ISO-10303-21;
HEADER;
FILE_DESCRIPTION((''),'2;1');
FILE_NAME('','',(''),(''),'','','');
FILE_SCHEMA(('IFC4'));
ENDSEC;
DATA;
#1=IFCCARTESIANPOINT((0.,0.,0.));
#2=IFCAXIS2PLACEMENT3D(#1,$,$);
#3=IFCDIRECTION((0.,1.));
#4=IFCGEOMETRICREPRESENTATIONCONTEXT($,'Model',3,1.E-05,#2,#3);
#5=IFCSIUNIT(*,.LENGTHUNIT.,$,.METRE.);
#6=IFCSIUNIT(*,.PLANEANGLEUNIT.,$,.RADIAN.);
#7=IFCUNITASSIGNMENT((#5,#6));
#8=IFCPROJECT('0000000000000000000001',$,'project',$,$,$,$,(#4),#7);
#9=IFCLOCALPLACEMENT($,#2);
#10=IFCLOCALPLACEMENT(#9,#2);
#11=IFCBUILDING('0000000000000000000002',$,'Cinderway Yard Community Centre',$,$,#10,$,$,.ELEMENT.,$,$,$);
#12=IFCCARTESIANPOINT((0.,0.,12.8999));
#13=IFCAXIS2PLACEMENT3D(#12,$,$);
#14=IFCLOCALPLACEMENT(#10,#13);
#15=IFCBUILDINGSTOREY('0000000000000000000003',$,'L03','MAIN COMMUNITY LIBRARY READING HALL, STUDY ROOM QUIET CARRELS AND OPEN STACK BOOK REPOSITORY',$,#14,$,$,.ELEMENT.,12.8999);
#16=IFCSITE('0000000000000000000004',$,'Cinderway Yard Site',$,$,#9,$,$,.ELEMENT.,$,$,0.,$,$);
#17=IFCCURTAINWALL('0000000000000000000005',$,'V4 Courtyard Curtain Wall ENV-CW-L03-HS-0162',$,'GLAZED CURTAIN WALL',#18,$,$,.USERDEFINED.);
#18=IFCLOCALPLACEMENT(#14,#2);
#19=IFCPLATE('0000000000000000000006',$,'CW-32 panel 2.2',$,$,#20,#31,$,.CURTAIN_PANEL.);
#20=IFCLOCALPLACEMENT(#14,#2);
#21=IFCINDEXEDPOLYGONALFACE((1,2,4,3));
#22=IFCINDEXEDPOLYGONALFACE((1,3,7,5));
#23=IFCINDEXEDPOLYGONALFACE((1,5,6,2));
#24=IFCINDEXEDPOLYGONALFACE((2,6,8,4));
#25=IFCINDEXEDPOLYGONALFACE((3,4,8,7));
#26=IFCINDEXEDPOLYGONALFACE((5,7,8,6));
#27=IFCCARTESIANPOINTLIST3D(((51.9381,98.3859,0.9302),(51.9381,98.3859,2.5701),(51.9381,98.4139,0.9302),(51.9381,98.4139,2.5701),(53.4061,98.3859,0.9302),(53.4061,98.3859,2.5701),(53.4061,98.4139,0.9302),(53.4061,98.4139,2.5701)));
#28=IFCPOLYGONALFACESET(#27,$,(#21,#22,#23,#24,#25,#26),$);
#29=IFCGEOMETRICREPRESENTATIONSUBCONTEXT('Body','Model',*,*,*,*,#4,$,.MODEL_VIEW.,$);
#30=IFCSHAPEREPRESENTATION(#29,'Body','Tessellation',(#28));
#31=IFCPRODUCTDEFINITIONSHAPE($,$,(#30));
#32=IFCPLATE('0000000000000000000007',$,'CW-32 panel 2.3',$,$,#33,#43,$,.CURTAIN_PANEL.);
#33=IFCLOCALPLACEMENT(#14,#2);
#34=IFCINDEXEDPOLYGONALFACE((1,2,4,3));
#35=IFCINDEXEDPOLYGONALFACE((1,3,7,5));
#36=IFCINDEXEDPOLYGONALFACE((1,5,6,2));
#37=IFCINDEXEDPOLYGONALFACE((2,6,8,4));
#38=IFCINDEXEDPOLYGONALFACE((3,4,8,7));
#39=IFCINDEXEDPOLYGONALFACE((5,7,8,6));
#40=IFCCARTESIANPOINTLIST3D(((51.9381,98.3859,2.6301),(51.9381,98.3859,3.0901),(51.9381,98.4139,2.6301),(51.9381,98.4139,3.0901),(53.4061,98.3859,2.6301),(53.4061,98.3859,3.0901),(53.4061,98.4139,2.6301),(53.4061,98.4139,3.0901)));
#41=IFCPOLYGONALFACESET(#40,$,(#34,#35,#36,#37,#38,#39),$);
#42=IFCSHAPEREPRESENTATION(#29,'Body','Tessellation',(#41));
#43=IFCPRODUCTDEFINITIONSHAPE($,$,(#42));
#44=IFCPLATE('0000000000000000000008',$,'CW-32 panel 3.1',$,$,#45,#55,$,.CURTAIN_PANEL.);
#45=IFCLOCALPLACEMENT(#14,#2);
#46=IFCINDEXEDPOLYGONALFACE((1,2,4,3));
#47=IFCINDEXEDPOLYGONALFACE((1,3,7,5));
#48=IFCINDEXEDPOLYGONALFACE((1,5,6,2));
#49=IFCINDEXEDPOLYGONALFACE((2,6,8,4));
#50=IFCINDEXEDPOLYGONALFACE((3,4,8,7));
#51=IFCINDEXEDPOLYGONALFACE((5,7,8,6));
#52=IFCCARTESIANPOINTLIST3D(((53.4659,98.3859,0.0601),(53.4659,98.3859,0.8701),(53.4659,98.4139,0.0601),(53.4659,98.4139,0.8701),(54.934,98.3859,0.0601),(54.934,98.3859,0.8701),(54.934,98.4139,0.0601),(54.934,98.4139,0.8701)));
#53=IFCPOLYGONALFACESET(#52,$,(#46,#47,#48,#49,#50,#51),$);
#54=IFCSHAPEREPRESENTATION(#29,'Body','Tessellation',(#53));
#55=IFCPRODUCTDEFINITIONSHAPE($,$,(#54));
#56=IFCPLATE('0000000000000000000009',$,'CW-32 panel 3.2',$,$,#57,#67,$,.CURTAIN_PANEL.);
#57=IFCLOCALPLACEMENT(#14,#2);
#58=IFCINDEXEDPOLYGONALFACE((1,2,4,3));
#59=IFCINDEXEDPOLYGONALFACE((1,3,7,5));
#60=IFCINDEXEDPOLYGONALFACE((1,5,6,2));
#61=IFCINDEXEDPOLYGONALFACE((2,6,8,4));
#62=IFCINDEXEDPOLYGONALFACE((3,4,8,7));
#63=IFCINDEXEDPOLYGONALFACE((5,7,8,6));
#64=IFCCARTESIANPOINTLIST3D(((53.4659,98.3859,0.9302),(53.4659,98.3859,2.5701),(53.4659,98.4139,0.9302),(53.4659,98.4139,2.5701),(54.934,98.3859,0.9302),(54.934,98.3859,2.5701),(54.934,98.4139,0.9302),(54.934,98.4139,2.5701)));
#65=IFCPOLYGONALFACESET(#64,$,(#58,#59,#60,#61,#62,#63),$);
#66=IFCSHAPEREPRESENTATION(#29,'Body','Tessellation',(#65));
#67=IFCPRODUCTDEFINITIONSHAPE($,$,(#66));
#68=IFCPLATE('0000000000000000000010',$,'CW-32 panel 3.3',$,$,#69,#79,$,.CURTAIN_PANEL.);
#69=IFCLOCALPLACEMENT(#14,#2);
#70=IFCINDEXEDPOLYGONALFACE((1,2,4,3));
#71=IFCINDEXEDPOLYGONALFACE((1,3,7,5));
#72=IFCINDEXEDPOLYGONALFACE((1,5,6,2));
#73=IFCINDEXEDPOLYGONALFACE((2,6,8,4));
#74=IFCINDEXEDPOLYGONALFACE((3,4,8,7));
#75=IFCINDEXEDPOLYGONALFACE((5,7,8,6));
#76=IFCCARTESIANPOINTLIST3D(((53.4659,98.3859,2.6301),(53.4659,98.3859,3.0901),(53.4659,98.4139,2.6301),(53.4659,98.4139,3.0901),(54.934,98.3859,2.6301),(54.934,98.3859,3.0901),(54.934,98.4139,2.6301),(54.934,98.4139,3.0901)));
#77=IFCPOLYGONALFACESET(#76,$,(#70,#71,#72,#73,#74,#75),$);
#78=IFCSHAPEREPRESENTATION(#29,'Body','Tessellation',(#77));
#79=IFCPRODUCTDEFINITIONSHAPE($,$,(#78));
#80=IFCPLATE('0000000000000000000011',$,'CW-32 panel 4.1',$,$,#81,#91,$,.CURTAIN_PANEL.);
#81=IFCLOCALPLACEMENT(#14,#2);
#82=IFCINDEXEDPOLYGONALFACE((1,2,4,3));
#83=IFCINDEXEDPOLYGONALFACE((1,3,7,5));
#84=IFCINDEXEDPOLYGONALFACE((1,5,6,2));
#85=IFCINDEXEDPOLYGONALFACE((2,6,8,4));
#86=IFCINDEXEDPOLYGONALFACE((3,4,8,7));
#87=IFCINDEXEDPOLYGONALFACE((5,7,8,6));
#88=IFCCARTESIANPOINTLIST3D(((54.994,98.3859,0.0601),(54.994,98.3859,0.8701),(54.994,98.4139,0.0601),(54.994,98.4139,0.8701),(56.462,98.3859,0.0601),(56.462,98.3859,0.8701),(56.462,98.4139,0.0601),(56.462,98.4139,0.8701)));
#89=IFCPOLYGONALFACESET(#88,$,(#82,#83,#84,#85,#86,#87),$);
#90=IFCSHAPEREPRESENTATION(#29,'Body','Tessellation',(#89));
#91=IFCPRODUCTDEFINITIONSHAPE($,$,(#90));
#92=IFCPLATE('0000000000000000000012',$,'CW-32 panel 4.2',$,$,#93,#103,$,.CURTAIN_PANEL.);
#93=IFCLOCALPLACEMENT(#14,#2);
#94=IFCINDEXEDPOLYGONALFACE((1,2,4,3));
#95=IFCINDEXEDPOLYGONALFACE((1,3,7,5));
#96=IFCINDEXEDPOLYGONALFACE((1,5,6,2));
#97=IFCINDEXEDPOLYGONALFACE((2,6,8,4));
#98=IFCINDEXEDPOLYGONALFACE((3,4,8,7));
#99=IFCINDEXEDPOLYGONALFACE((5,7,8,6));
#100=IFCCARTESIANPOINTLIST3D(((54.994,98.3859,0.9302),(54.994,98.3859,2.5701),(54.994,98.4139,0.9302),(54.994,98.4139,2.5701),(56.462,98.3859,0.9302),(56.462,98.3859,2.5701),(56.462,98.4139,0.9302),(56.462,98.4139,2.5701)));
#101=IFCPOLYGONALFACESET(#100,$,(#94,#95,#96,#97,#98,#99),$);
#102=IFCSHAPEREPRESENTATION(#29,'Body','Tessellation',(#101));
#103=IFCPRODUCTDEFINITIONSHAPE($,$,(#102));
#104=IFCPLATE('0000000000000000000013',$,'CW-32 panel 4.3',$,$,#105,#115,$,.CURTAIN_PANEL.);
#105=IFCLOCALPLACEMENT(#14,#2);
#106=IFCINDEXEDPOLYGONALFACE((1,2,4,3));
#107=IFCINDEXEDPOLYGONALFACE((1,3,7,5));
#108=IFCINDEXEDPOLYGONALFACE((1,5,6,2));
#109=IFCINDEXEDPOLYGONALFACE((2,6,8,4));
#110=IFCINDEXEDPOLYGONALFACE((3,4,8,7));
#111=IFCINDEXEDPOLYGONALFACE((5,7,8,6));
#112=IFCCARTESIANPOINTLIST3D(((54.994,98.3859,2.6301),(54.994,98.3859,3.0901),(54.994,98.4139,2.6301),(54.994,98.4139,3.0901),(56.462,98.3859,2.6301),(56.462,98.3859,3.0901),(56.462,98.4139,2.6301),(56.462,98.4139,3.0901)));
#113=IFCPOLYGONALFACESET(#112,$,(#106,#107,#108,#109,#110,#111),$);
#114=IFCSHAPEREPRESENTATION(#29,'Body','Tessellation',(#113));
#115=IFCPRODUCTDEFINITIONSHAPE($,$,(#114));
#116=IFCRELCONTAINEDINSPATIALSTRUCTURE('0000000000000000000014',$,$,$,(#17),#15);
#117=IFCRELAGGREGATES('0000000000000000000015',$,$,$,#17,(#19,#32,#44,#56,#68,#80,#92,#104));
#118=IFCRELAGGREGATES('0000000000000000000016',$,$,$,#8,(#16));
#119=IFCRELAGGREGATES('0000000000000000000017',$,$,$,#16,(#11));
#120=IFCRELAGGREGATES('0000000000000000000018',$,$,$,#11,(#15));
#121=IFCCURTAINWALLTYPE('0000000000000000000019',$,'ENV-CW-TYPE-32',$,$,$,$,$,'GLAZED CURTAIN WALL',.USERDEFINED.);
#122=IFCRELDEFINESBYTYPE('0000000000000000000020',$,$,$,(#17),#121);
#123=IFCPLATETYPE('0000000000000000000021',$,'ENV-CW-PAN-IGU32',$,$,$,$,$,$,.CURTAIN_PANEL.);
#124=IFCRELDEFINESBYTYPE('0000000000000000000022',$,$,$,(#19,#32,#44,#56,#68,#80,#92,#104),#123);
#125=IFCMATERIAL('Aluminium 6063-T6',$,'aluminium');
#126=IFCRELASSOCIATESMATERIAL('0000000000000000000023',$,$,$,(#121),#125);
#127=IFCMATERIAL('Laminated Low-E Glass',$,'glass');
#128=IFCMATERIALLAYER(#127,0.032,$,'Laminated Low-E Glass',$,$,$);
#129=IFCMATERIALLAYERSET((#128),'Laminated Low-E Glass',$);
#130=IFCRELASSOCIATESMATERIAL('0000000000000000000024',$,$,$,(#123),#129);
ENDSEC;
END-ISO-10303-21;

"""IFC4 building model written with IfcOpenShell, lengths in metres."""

from ifc_helpers import new_model, si_unit, direction, frame, origin, origin_2d, place, context, subcontext, project, spatial, rectangle, extrude, material, layer, layer_set, type_object, element, aggregate, save


model = new_model("IFC4")

# Units and contexts
model_context = context("Model", 3, precision=1e-05, world=origin(), true_north=direction((0.0, 1.0)))
body_context = subcontext(model_context, "Body", "Model", "MODEL_VIEW")
ifc_project = project(units=[si_unit("LENGTHUNIT", "METRE"), si_unit("PLANEANGLEUNIT", "RADIAN")], contexts=[model_context])

# Site, building, storey
site_placement = place(None, origin())
site = spatial("IfcSite", under=ifc_project, at=site_placement, Name="Cinderway Yard Site", CompositionType="ELEMENT", RefElevation=0.0)
building_placement = place(site_placement, origin())
building = spatial("IfcBuilding", under=site, at=building_placement, Name="Cinderway Yard Community Centre", CompositionType="ELEMENT")
storey_placement = place(building_placement, frame((0.0, 0.0, 12.8999)))
storey = spatial("IfcBuildingStorey", under=building, at=storey_placement, Name="L03", Description="MAIN COMMUNITY LIBRARY READING HALL, STUDY ROOM QUIET CARRELS AND OPEN STACK BOOK REPOSITORY", CompositionType="ELEMENT", Elevation=12.8999)

# Curtain wall, plates
ifc_material_1 = material(Name="Aluminium 6063-T6", Category="aluminium")
curtain_wall_type = type_object("IfcCurtainWallType", Name="ENV-CW-TYPE-32", ElementType="GLAZED CURTAIN WALL", PredefinedType="USERDEFINED", material=ifc_material_1)
curtain_wall_placement = place(storey_placement, origin())
curtain_wall = element("IfcCurtainWall", 1, at=curtain_wall_placement, inside=storey, type_object=curtain_wall_type, Name="V4 Courtyard Curtain Wall ENV-CW-L03-HS-0162", ObjectType="GLAZED CURTAIN WALL", PredefinedType="USERDEFINED")
ifc_material_2 = material(Name="Laminated Low-E Glass", Category="glass")
ifc_layer = layer(ifc_material_2, 0.032, Name="Laminated Low-E Glass")
ifc_layer_set = layer_set([ifc_layer], Name="Laminated Low-E Glass")
plate_type = type_object("IfcPlateType", Name="ENV-CW-PAN-IGU32", PredefinedType="CURTAIN_PANEL", material=ifc_layer_set)
plate_1_placement = place(storey_placement, frame((52.6721, 98.3999, 0.9302), z_axis=(0.0, 0.0, 1.0), x_axis=(1.0, 0.0, 0.0)))
plate_1 = element("IfcPlate", 2, at=plate_1_placement, type_object=plate_type, Name="CW-32 panel 2.2", PredefinedType="CURTAIN_PANEL", context=body_context, shape_type="SweptSolid", body=[
    extrude(rectangle(XDim=1.468, YDim=0.0281, at=origin_2d()), origin(), (0.0, 0.0, 1.0), 1.6399),
])
plate_2_placement = place(storey_placement, frame((52.6721, 98.3999, 2.6301), z_axis=(0.0, 0.0, 1.0), x_axis=(1.0, 0.0, 0.0)))
plate_2 = element("IfcPlate", 3, at=plate_2_placement, type_object=plate_type, Name="CW-32 panel 2.3", PredefinedType="CURTAIN_PANEL", context=body_context, shape_type="SweptSolid", body=[
    extrude(rectangle(XDim=1.468, YDim=0.0281, at=origin_2d()), origin(), (0.0, 0.0, 1.0), 0.46),
])
plate_3_placement = place(storey_placement, frame((54.2, 98.3999, 0.0601), z_axis=(0.0, 0.0, 1.0), x_axis=(1.0, 0.0, 0.0)))
plate_3 = element("IfcPlate", 4, at=plate_3_placement, type_object=plate_type, Name="CW-32 panel 3.1", PredefinedType="CURTAIN_PANEL", context=body_context, shape_type="SweptSolid", body=[
    extrude(rectangle(XDim=1.468, YDim=0.0281, at=origin_2d()), origin(), (0.0, 0.0, 1.0), 0.8101),
])
plate_4_placement = place(storey_placement, frame((54.2, 98.3999, 0.9302), z_axis=(0.0, 0.0, 1.0), x_axis=(1.0, 0.0, 0.0)))
plate_4 = element("IfcPlate", 5, at=plate_4_placement, type_object=plate_type, Name="CW-32 panel 3.2", PredefinedType="CURTAIN_PANEL", context=body_context, shape_type="SweptSolid", body=[
    extrude(rectangle(XDim=1.468, YDim=0.0281, at=origin_2d()), origin(), (0.0, 0.0, 1.0), 1.6399),
])
plate_5_placement = place(storey_placement, frame((54.2, 98.3999, 2.6301), z_axis=(0.0, 0.0, 1.0), x_axis=(1.0, 0.0, 0.0)))
plate_5 = element("IfcPlate", 6, at=plate_5_placement, type_object=plate_type, Name="CW-32 panel 3.3", PredefinedType="CURTAIN_PANEL", context=body_context, shape_type="SweptSolid", body=[
    extrude(rectangle(XDim=1.468, YDim=0.0281, at=origin_2d()), origin(), (0.0, 0.0, 1.0), 0.46),
])
plate_6_placement = place(storey_placement, frame((55.728, 98.3999, 0.0601), z_axis=(0.0, 0.0, 1.0), x_axis=(1.0, 0.0, 0.0)))
plate_6 = element("IfcPlate", 7, at=plate_6_placement, type_object=plate_type, Name="CW-32 panel 4.1", PredefinedType="CURTAIN_PANEL", context=body_context, shape_type="SweptSolid", body=[
    extrude(rectangle(XDim=1.468, YDim=0.0281, at=origin_2d()), origin(), (0.0, 0.0, 1.0), 0.8101),
])
plate_7_placement = place(storey_placement, frame((55.728, 98.3999, 0.9302), z_axis=(0.0, 0.0, 1.0), x_axis=(1.0, 0.0, 0.0)))
plate_7 = element("IfcPlate", 8, at=plate_7_placement, type_object=plate_type, Name="CW-32 panel 4.2", PredefinedType="CURTAIN_PANEL", context=body_context, shape_type="SweptSolid", body=[
    extrude(rectangle(XDim=1.468, YDim=0.0281, at=origin_2d()), origin(), (0.0, 0.0, 1.0), 1.6399),
])
plate_8_placement = place(storey_placement, frame((55.728, 98.3999, 2.6301), z_axis=(0.0, 0.0, 1.0), x_axis=(1.0, 0.0, 0.0)))
plate_8 = element("IfcPlate", 9, at=plate_8_placement, type_object=plate_type, Name="CW-32 panel 4.3", PredefinedType="CURTAIN_PANEL", context=body_context, shape_type="SweptSolid", body=[
    extrude(rectangle(XDim=1.468, YDim=0.0281, at=origin_2d()), origin(), (0.0, 0.0, 1.0), 0.46),
])
aggregate(curtain_wall, [plate_1, plate_2, plate_3, plate_4, plate_5, plate_6, plate_7, plate_8])

save(model, "model.ifc")
